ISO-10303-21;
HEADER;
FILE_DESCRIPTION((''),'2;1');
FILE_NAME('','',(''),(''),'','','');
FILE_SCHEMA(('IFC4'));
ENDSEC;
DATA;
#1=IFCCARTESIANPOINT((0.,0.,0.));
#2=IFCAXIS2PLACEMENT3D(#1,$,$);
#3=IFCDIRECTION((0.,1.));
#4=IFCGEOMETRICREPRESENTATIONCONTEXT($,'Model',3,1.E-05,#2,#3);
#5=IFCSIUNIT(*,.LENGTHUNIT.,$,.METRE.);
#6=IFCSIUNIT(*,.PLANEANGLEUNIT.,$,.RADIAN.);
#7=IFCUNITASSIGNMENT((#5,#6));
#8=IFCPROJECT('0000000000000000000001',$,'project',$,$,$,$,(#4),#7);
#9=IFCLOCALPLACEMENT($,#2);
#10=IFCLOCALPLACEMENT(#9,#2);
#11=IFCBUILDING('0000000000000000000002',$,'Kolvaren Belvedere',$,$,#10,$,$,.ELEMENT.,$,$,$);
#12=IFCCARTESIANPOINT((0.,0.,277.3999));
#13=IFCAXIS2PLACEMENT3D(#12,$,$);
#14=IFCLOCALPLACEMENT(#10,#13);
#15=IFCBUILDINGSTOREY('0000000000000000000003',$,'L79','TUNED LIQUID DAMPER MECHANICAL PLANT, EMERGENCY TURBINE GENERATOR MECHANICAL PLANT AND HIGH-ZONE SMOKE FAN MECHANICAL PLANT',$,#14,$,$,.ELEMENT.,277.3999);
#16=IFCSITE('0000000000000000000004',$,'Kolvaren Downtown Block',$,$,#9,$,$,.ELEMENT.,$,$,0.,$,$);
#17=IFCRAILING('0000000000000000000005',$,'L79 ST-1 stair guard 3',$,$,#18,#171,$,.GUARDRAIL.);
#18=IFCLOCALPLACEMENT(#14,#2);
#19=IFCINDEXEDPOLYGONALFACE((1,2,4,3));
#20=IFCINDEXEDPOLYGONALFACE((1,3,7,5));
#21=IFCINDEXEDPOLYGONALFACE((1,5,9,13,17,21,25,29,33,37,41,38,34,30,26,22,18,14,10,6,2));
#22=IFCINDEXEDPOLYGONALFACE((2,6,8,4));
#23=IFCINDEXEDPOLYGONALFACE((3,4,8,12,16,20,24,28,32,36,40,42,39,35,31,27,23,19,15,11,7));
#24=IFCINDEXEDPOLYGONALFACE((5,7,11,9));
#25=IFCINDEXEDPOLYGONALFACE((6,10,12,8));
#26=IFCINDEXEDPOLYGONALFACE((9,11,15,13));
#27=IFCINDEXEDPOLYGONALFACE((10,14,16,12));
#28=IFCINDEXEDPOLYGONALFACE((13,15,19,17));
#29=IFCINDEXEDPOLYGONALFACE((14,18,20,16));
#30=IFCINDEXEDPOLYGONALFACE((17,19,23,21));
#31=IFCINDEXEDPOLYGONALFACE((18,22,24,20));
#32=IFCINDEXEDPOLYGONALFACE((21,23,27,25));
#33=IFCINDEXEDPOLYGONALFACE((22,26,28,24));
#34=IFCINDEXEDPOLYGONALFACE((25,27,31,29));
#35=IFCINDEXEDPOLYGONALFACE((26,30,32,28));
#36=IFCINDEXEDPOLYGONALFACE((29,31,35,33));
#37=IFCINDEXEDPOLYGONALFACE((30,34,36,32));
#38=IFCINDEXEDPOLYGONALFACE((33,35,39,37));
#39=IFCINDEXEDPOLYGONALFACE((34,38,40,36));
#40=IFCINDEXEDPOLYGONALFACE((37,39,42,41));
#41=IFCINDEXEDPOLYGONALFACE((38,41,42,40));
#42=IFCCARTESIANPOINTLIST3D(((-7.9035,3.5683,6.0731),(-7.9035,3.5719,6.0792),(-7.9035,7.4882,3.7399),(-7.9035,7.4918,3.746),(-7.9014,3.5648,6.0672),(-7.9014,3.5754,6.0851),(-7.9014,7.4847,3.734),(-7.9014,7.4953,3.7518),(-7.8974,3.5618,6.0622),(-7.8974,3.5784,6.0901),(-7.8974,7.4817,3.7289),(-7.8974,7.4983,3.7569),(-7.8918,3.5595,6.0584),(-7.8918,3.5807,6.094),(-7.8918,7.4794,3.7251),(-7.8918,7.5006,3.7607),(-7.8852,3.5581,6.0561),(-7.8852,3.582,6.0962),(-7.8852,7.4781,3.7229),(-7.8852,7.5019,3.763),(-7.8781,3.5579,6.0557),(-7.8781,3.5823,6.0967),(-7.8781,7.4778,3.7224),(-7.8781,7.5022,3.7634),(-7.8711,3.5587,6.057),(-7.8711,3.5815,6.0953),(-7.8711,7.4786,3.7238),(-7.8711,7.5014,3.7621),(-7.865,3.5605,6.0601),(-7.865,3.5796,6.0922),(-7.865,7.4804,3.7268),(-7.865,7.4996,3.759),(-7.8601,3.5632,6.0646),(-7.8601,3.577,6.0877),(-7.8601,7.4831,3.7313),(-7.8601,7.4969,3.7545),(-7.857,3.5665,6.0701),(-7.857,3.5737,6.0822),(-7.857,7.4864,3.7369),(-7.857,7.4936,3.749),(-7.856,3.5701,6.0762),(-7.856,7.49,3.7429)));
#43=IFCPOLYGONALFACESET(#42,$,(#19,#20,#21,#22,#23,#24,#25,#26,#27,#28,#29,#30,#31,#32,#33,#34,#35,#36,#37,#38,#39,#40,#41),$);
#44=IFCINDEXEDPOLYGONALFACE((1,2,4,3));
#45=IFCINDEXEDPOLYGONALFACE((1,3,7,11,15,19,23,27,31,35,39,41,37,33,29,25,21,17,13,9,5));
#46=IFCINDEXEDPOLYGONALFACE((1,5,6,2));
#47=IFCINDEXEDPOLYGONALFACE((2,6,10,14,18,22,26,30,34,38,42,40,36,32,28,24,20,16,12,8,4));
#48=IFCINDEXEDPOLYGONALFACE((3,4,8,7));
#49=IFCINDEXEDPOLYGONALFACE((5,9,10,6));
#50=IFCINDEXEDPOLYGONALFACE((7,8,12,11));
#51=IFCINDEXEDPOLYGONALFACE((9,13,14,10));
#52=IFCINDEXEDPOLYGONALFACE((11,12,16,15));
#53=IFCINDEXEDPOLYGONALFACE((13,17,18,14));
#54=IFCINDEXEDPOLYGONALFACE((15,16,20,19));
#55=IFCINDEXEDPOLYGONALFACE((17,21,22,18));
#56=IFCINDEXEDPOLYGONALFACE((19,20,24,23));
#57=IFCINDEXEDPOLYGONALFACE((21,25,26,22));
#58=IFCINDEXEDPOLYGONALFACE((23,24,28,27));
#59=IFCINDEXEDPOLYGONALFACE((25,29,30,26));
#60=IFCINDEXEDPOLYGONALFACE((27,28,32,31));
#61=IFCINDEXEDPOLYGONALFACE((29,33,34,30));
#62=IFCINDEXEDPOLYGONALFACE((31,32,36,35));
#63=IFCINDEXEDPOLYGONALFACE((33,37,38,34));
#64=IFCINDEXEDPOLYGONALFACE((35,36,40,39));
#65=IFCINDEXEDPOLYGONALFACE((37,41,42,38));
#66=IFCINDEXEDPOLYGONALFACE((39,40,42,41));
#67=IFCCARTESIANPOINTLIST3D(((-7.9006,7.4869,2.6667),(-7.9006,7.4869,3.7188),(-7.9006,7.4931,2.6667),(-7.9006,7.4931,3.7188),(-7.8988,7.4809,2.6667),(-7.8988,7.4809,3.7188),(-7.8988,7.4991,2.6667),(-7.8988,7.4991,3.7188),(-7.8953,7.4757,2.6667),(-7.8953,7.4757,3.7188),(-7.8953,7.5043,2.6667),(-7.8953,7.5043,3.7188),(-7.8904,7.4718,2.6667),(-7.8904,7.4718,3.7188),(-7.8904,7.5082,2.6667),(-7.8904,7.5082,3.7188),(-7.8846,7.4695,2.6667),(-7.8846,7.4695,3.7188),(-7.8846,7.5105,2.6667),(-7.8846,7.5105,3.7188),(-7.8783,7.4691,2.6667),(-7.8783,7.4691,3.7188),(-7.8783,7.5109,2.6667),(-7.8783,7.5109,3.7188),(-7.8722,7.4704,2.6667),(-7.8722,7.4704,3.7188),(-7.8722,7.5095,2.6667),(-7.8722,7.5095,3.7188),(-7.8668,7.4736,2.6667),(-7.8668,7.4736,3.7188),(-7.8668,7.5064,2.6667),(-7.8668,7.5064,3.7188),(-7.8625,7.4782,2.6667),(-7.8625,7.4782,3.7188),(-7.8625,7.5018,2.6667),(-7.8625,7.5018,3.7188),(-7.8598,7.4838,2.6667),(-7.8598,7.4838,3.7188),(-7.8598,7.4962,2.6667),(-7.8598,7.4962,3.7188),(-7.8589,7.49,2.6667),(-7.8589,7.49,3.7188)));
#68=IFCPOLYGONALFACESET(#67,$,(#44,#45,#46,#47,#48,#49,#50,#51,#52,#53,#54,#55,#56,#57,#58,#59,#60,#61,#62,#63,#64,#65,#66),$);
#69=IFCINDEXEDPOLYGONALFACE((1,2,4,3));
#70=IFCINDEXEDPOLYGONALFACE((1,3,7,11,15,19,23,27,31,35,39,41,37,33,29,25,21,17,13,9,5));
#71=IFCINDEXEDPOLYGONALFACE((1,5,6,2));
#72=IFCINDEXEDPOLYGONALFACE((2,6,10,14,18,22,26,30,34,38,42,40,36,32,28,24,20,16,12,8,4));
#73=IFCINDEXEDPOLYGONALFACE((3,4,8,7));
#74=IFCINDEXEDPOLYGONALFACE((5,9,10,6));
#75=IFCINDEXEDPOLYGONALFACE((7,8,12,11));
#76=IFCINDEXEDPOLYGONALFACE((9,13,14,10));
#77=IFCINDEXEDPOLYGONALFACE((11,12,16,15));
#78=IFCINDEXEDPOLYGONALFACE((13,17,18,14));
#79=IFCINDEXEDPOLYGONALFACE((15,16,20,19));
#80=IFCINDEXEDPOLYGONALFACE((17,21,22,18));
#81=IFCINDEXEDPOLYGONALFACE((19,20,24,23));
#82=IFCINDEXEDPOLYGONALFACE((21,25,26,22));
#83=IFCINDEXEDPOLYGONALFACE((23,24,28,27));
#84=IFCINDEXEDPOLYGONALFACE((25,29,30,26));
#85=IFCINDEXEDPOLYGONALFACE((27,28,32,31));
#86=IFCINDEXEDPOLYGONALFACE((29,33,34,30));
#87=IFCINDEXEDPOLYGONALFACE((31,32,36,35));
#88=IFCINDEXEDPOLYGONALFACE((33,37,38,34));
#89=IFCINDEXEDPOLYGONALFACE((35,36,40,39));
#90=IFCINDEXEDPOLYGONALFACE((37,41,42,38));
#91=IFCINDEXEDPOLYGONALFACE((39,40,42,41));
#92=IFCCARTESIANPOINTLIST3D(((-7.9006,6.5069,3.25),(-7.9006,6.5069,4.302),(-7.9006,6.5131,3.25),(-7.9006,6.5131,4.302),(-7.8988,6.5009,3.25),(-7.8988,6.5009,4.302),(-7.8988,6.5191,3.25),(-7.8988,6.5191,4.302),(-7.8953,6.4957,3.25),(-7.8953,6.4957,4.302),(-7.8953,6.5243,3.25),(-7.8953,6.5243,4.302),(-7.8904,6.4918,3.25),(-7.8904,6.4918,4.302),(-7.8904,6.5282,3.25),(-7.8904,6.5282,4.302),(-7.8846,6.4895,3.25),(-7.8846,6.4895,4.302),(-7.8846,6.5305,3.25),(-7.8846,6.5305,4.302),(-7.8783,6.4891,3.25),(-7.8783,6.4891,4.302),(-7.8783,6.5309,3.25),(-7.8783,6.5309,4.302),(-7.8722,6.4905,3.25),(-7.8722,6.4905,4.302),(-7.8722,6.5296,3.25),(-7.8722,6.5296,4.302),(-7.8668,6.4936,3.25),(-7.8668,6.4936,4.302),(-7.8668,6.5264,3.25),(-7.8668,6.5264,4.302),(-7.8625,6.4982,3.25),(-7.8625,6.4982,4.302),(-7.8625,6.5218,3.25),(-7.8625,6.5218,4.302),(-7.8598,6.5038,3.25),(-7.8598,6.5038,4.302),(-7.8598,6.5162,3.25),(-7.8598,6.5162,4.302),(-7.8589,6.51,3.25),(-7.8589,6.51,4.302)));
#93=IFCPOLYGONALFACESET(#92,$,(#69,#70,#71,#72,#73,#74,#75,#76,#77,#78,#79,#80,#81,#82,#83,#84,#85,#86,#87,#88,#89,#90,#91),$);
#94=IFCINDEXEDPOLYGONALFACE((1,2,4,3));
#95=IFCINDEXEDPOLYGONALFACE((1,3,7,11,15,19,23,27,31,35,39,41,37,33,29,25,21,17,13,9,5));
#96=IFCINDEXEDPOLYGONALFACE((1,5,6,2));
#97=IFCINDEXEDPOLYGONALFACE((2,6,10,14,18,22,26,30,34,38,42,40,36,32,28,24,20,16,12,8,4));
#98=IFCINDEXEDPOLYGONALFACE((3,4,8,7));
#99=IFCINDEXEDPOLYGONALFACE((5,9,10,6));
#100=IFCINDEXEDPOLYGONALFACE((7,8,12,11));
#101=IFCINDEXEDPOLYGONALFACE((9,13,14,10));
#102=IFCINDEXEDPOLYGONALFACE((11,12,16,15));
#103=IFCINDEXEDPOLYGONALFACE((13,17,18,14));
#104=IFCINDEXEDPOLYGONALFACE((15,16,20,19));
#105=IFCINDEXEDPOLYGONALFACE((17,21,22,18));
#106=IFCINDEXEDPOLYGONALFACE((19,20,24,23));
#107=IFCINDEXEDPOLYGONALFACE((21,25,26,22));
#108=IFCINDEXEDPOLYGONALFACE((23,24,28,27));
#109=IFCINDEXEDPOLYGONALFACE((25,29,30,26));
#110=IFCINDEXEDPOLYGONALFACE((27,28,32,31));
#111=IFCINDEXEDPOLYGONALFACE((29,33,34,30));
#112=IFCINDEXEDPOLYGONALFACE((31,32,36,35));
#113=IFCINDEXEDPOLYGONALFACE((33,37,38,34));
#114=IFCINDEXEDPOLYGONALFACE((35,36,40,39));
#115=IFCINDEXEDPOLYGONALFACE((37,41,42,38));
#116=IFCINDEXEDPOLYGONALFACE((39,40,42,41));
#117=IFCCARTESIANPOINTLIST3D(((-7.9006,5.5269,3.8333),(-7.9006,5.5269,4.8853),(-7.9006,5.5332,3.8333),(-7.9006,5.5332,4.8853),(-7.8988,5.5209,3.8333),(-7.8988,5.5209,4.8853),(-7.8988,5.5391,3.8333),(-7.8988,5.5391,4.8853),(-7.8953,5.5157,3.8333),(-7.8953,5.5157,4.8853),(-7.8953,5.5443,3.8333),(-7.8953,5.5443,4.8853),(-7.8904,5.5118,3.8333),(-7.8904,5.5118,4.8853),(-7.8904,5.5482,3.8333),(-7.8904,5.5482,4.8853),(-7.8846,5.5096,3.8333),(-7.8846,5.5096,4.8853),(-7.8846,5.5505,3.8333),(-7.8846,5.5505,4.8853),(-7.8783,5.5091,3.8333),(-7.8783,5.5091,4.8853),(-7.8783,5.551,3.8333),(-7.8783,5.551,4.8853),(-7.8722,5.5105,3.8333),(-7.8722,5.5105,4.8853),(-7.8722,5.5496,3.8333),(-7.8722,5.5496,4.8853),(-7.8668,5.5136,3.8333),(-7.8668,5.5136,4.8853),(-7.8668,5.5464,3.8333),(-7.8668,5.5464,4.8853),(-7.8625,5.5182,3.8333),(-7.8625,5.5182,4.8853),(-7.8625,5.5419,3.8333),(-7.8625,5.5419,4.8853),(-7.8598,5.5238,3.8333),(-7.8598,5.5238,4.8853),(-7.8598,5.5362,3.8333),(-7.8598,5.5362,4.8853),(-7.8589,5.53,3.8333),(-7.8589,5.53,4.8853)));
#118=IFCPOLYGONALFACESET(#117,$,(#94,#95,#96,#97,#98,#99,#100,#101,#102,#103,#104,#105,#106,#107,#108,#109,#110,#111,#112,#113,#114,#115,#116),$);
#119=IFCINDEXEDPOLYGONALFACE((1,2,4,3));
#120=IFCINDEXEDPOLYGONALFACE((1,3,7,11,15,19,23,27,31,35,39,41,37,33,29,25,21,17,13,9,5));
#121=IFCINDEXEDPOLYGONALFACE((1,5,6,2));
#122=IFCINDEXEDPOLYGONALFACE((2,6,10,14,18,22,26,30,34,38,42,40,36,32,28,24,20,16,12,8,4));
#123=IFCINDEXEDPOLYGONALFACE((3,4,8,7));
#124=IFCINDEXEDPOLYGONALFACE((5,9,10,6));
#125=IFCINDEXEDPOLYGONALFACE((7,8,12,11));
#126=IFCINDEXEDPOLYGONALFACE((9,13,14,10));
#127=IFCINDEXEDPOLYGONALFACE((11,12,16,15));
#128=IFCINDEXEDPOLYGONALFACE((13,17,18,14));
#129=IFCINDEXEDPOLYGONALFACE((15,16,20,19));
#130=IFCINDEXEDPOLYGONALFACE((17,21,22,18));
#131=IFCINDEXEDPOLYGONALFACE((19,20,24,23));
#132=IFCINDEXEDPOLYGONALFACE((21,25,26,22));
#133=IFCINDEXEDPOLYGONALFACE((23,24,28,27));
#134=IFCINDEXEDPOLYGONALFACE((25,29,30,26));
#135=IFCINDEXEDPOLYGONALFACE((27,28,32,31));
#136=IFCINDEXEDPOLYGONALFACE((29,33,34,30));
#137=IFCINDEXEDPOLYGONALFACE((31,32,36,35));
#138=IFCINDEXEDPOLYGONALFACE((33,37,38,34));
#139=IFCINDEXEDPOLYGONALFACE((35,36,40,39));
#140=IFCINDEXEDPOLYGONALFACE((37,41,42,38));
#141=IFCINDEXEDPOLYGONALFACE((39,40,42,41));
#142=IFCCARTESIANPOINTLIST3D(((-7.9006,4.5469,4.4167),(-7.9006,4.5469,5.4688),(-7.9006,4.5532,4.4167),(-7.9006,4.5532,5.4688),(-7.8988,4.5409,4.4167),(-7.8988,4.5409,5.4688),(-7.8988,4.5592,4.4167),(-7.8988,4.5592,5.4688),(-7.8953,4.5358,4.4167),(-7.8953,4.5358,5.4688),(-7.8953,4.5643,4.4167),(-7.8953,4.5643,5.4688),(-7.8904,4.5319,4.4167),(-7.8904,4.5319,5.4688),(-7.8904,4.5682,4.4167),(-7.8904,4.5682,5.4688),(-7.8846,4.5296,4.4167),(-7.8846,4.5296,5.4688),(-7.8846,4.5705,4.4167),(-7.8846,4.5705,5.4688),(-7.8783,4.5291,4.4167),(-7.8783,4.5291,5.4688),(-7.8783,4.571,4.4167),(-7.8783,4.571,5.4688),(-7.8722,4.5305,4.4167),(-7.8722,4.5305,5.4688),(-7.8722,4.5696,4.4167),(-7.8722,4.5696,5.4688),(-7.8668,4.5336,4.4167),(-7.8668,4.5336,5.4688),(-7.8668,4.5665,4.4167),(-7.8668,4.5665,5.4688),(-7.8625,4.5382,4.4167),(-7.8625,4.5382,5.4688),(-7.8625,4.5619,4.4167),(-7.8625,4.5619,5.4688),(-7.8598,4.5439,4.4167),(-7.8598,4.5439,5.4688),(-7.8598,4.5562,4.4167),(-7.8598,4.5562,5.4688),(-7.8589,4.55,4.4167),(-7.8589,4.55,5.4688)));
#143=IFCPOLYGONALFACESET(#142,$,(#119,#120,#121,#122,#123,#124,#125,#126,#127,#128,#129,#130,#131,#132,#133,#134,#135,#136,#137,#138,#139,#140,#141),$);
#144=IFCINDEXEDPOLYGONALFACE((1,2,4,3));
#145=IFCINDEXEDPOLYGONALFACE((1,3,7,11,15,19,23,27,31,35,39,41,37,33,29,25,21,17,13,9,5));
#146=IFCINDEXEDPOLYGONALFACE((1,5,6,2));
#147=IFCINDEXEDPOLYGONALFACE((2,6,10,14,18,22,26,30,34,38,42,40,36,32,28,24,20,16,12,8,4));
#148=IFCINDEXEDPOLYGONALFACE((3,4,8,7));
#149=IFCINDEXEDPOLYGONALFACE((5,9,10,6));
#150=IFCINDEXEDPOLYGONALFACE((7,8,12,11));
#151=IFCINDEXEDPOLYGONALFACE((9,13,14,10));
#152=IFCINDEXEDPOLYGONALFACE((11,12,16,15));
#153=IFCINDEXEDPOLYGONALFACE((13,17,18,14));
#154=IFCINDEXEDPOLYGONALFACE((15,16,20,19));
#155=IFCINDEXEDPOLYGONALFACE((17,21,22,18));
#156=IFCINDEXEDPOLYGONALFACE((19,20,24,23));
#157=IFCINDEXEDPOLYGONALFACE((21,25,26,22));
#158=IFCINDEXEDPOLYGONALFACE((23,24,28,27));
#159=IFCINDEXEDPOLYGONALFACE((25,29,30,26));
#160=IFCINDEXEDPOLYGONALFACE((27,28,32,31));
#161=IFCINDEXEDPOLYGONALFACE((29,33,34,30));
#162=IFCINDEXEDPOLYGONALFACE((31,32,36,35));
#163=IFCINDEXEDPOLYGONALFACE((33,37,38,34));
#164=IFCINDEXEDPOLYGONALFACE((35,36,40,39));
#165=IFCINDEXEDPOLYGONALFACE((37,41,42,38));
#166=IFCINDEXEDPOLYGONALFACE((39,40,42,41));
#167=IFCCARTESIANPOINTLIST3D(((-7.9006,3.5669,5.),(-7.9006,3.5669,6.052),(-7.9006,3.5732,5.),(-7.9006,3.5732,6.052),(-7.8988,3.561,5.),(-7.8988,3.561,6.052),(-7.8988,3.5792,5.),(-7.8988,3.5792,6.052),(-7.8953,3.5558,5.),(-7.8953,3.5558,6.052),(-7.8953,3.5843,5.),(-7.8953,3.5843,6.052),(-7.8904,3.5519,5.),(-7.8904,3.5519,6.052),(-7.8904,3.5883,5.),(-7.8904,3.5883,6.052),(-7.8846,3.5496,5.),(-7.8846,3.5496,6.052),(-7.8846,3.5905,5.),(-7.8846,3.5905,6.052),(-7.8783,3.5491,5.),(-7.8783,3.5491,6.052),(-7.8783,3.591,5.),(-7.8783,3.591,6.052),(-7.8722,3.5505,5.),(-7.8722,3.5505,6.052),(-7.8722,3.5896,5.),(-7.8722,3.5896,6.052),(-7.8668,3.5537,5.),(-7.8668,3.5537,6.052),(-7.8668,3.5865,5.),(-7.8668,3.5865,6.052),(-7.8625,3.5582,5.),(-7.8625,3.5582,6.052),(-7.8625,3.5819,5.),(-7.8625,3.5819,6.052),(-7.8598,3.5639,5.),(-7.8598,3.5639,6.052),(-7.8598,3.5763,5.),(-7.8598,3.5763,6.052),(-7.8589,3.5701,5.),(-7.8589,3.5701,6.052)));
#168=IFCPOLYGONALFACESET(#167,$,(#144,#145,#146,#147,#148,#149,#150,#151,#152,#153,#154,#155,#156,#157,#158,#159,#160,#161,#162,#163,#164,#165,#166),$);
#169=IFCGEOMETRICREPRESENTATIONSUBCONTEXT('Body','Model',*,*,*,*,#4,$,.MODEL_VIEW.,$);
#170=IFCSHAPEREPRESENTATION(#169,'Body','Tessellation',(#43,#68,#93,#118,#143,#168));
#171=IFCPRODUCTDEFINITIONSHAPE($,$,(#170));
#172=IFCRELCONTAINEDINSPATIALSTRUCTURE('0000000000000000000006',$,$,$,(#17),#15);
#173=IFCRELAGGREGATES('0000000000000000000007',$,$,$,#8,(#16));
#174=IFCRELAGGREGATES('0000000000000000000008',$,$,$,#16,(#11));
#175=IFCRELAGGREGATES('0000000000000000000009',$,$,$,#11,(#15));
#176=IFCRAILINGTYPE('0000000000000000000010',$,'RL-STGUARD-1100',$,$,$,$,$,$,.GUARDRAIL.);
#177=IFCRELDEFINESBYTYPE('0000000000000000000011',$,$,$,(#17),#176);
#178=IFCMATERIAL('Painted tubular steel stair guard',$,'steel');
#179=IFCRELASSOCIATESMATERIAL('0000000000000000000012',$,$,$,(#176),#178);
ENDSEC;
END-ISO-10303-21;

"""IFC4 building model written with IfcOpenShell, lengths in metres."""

from ifc_helpers import new_model, si_unit, direction, frame, origin, origin_2d, place, context, subcontext, project, spatial, circle, extrude, material, type_object, element, save


model = new_model("IFC4")

# Units and contexts
model_context = context("Model", 3, precision=1e-05, world=origin(), true_north=direction((0.0, 1.0)))
body_context = subcontext(model_context, "Body", "Model", "MODEL_VIEW")
ifc_project = project(units=[si_unit("LENGTHUNIT", "METRE"), si_unit("PLANEANGLEUNIT", "RADIAN")], contexts=[model_context])

# Site, building, storey
site_placement = place(None, origin())
site = spatial("IfcSite", under=ifc_project, at=site_placement, Name="Kolvaren Downtown Block", CompositionType="ELEMENT", RefElevation=0.0)
building_placement = place(site_placement, origin())
building = spatial("IfcBuilding", under=site, at=building_placement, Name="Kolvaren Belvedere", CompositionType="ELEMENT")
storey_placement = place(building_placement, frame((0.0, 0.0, 277.3999)))
storey = spatial("IfcBuildingStorey", under=building, at=storey_placement, Name="L79", Description="TUNED LIQUID DAMPER MECHANICAL PLANT, EMERGENCY TURBINE GENERATOR MECHANICAL PLANT AND HIGH-ZONE SMOKE FAN MECHANICAL PLANT", CompositionType="ELEMENT", Elevation=277.3999)

# Railing
ifc_material_1 = material(Name="Painted tubular steel stair guard", Category="steel")
railing_type_1 = type_object("IfcRailingType", Name="RL-STGUARD-1100", PredefinedType="GUARDRAIL", material=ifc_material_1)
railing_1_placement = place(storey_placement, frame((-7.8799, 7.49, 2.6667)))
element("IfcRailing", 1, at=railing_1_placement, inside=storey, type_object=railing_type_1, Name="L79 ST-1 stair guard 3", PredefinedType="GUARDRAIL", context=body_context, shape_type="SweptSolid", body=[
    extrude(circle(Radius=0.0239, at=origin_2d()), frame((0.0, 0.0, 1.0762), z_axis=(0.0, -0.859296, 0.511478), x_axis=(1.0, 0.0, 0.0)), (0.0, 0.0, 1.0), 4.5618),
    extrude(circle(Radius=0.021, at=origin_2d()), origin(), (0.0, 0.0, 1.0), 1.052),
    extrude(circle(Radius=0.021, at=origin_2d()), frame((0.0, -0.98, 0.5833)), (0.0, 0.0, 1.0), 1.052),
    extrude(circle(Radius=0.021, at=origin_2d()), frame((0.0, -1.96, 1.1665)), (0.0, 0.0, 1.0), 1.052),
    extrude(circle(Radius=0.021, at=origin_2d()), frame((0.0, -2.9399, 1.75)), (0.0, 0.0, 1.0), 1.052),
    extrude(circle(Radius=0.021, at=origin_2d()), frame((0.0, -3.9199, 2.3333)), (0.0, 0.0, 1.0), 1.052),
])

save(model, "model.ifc")
